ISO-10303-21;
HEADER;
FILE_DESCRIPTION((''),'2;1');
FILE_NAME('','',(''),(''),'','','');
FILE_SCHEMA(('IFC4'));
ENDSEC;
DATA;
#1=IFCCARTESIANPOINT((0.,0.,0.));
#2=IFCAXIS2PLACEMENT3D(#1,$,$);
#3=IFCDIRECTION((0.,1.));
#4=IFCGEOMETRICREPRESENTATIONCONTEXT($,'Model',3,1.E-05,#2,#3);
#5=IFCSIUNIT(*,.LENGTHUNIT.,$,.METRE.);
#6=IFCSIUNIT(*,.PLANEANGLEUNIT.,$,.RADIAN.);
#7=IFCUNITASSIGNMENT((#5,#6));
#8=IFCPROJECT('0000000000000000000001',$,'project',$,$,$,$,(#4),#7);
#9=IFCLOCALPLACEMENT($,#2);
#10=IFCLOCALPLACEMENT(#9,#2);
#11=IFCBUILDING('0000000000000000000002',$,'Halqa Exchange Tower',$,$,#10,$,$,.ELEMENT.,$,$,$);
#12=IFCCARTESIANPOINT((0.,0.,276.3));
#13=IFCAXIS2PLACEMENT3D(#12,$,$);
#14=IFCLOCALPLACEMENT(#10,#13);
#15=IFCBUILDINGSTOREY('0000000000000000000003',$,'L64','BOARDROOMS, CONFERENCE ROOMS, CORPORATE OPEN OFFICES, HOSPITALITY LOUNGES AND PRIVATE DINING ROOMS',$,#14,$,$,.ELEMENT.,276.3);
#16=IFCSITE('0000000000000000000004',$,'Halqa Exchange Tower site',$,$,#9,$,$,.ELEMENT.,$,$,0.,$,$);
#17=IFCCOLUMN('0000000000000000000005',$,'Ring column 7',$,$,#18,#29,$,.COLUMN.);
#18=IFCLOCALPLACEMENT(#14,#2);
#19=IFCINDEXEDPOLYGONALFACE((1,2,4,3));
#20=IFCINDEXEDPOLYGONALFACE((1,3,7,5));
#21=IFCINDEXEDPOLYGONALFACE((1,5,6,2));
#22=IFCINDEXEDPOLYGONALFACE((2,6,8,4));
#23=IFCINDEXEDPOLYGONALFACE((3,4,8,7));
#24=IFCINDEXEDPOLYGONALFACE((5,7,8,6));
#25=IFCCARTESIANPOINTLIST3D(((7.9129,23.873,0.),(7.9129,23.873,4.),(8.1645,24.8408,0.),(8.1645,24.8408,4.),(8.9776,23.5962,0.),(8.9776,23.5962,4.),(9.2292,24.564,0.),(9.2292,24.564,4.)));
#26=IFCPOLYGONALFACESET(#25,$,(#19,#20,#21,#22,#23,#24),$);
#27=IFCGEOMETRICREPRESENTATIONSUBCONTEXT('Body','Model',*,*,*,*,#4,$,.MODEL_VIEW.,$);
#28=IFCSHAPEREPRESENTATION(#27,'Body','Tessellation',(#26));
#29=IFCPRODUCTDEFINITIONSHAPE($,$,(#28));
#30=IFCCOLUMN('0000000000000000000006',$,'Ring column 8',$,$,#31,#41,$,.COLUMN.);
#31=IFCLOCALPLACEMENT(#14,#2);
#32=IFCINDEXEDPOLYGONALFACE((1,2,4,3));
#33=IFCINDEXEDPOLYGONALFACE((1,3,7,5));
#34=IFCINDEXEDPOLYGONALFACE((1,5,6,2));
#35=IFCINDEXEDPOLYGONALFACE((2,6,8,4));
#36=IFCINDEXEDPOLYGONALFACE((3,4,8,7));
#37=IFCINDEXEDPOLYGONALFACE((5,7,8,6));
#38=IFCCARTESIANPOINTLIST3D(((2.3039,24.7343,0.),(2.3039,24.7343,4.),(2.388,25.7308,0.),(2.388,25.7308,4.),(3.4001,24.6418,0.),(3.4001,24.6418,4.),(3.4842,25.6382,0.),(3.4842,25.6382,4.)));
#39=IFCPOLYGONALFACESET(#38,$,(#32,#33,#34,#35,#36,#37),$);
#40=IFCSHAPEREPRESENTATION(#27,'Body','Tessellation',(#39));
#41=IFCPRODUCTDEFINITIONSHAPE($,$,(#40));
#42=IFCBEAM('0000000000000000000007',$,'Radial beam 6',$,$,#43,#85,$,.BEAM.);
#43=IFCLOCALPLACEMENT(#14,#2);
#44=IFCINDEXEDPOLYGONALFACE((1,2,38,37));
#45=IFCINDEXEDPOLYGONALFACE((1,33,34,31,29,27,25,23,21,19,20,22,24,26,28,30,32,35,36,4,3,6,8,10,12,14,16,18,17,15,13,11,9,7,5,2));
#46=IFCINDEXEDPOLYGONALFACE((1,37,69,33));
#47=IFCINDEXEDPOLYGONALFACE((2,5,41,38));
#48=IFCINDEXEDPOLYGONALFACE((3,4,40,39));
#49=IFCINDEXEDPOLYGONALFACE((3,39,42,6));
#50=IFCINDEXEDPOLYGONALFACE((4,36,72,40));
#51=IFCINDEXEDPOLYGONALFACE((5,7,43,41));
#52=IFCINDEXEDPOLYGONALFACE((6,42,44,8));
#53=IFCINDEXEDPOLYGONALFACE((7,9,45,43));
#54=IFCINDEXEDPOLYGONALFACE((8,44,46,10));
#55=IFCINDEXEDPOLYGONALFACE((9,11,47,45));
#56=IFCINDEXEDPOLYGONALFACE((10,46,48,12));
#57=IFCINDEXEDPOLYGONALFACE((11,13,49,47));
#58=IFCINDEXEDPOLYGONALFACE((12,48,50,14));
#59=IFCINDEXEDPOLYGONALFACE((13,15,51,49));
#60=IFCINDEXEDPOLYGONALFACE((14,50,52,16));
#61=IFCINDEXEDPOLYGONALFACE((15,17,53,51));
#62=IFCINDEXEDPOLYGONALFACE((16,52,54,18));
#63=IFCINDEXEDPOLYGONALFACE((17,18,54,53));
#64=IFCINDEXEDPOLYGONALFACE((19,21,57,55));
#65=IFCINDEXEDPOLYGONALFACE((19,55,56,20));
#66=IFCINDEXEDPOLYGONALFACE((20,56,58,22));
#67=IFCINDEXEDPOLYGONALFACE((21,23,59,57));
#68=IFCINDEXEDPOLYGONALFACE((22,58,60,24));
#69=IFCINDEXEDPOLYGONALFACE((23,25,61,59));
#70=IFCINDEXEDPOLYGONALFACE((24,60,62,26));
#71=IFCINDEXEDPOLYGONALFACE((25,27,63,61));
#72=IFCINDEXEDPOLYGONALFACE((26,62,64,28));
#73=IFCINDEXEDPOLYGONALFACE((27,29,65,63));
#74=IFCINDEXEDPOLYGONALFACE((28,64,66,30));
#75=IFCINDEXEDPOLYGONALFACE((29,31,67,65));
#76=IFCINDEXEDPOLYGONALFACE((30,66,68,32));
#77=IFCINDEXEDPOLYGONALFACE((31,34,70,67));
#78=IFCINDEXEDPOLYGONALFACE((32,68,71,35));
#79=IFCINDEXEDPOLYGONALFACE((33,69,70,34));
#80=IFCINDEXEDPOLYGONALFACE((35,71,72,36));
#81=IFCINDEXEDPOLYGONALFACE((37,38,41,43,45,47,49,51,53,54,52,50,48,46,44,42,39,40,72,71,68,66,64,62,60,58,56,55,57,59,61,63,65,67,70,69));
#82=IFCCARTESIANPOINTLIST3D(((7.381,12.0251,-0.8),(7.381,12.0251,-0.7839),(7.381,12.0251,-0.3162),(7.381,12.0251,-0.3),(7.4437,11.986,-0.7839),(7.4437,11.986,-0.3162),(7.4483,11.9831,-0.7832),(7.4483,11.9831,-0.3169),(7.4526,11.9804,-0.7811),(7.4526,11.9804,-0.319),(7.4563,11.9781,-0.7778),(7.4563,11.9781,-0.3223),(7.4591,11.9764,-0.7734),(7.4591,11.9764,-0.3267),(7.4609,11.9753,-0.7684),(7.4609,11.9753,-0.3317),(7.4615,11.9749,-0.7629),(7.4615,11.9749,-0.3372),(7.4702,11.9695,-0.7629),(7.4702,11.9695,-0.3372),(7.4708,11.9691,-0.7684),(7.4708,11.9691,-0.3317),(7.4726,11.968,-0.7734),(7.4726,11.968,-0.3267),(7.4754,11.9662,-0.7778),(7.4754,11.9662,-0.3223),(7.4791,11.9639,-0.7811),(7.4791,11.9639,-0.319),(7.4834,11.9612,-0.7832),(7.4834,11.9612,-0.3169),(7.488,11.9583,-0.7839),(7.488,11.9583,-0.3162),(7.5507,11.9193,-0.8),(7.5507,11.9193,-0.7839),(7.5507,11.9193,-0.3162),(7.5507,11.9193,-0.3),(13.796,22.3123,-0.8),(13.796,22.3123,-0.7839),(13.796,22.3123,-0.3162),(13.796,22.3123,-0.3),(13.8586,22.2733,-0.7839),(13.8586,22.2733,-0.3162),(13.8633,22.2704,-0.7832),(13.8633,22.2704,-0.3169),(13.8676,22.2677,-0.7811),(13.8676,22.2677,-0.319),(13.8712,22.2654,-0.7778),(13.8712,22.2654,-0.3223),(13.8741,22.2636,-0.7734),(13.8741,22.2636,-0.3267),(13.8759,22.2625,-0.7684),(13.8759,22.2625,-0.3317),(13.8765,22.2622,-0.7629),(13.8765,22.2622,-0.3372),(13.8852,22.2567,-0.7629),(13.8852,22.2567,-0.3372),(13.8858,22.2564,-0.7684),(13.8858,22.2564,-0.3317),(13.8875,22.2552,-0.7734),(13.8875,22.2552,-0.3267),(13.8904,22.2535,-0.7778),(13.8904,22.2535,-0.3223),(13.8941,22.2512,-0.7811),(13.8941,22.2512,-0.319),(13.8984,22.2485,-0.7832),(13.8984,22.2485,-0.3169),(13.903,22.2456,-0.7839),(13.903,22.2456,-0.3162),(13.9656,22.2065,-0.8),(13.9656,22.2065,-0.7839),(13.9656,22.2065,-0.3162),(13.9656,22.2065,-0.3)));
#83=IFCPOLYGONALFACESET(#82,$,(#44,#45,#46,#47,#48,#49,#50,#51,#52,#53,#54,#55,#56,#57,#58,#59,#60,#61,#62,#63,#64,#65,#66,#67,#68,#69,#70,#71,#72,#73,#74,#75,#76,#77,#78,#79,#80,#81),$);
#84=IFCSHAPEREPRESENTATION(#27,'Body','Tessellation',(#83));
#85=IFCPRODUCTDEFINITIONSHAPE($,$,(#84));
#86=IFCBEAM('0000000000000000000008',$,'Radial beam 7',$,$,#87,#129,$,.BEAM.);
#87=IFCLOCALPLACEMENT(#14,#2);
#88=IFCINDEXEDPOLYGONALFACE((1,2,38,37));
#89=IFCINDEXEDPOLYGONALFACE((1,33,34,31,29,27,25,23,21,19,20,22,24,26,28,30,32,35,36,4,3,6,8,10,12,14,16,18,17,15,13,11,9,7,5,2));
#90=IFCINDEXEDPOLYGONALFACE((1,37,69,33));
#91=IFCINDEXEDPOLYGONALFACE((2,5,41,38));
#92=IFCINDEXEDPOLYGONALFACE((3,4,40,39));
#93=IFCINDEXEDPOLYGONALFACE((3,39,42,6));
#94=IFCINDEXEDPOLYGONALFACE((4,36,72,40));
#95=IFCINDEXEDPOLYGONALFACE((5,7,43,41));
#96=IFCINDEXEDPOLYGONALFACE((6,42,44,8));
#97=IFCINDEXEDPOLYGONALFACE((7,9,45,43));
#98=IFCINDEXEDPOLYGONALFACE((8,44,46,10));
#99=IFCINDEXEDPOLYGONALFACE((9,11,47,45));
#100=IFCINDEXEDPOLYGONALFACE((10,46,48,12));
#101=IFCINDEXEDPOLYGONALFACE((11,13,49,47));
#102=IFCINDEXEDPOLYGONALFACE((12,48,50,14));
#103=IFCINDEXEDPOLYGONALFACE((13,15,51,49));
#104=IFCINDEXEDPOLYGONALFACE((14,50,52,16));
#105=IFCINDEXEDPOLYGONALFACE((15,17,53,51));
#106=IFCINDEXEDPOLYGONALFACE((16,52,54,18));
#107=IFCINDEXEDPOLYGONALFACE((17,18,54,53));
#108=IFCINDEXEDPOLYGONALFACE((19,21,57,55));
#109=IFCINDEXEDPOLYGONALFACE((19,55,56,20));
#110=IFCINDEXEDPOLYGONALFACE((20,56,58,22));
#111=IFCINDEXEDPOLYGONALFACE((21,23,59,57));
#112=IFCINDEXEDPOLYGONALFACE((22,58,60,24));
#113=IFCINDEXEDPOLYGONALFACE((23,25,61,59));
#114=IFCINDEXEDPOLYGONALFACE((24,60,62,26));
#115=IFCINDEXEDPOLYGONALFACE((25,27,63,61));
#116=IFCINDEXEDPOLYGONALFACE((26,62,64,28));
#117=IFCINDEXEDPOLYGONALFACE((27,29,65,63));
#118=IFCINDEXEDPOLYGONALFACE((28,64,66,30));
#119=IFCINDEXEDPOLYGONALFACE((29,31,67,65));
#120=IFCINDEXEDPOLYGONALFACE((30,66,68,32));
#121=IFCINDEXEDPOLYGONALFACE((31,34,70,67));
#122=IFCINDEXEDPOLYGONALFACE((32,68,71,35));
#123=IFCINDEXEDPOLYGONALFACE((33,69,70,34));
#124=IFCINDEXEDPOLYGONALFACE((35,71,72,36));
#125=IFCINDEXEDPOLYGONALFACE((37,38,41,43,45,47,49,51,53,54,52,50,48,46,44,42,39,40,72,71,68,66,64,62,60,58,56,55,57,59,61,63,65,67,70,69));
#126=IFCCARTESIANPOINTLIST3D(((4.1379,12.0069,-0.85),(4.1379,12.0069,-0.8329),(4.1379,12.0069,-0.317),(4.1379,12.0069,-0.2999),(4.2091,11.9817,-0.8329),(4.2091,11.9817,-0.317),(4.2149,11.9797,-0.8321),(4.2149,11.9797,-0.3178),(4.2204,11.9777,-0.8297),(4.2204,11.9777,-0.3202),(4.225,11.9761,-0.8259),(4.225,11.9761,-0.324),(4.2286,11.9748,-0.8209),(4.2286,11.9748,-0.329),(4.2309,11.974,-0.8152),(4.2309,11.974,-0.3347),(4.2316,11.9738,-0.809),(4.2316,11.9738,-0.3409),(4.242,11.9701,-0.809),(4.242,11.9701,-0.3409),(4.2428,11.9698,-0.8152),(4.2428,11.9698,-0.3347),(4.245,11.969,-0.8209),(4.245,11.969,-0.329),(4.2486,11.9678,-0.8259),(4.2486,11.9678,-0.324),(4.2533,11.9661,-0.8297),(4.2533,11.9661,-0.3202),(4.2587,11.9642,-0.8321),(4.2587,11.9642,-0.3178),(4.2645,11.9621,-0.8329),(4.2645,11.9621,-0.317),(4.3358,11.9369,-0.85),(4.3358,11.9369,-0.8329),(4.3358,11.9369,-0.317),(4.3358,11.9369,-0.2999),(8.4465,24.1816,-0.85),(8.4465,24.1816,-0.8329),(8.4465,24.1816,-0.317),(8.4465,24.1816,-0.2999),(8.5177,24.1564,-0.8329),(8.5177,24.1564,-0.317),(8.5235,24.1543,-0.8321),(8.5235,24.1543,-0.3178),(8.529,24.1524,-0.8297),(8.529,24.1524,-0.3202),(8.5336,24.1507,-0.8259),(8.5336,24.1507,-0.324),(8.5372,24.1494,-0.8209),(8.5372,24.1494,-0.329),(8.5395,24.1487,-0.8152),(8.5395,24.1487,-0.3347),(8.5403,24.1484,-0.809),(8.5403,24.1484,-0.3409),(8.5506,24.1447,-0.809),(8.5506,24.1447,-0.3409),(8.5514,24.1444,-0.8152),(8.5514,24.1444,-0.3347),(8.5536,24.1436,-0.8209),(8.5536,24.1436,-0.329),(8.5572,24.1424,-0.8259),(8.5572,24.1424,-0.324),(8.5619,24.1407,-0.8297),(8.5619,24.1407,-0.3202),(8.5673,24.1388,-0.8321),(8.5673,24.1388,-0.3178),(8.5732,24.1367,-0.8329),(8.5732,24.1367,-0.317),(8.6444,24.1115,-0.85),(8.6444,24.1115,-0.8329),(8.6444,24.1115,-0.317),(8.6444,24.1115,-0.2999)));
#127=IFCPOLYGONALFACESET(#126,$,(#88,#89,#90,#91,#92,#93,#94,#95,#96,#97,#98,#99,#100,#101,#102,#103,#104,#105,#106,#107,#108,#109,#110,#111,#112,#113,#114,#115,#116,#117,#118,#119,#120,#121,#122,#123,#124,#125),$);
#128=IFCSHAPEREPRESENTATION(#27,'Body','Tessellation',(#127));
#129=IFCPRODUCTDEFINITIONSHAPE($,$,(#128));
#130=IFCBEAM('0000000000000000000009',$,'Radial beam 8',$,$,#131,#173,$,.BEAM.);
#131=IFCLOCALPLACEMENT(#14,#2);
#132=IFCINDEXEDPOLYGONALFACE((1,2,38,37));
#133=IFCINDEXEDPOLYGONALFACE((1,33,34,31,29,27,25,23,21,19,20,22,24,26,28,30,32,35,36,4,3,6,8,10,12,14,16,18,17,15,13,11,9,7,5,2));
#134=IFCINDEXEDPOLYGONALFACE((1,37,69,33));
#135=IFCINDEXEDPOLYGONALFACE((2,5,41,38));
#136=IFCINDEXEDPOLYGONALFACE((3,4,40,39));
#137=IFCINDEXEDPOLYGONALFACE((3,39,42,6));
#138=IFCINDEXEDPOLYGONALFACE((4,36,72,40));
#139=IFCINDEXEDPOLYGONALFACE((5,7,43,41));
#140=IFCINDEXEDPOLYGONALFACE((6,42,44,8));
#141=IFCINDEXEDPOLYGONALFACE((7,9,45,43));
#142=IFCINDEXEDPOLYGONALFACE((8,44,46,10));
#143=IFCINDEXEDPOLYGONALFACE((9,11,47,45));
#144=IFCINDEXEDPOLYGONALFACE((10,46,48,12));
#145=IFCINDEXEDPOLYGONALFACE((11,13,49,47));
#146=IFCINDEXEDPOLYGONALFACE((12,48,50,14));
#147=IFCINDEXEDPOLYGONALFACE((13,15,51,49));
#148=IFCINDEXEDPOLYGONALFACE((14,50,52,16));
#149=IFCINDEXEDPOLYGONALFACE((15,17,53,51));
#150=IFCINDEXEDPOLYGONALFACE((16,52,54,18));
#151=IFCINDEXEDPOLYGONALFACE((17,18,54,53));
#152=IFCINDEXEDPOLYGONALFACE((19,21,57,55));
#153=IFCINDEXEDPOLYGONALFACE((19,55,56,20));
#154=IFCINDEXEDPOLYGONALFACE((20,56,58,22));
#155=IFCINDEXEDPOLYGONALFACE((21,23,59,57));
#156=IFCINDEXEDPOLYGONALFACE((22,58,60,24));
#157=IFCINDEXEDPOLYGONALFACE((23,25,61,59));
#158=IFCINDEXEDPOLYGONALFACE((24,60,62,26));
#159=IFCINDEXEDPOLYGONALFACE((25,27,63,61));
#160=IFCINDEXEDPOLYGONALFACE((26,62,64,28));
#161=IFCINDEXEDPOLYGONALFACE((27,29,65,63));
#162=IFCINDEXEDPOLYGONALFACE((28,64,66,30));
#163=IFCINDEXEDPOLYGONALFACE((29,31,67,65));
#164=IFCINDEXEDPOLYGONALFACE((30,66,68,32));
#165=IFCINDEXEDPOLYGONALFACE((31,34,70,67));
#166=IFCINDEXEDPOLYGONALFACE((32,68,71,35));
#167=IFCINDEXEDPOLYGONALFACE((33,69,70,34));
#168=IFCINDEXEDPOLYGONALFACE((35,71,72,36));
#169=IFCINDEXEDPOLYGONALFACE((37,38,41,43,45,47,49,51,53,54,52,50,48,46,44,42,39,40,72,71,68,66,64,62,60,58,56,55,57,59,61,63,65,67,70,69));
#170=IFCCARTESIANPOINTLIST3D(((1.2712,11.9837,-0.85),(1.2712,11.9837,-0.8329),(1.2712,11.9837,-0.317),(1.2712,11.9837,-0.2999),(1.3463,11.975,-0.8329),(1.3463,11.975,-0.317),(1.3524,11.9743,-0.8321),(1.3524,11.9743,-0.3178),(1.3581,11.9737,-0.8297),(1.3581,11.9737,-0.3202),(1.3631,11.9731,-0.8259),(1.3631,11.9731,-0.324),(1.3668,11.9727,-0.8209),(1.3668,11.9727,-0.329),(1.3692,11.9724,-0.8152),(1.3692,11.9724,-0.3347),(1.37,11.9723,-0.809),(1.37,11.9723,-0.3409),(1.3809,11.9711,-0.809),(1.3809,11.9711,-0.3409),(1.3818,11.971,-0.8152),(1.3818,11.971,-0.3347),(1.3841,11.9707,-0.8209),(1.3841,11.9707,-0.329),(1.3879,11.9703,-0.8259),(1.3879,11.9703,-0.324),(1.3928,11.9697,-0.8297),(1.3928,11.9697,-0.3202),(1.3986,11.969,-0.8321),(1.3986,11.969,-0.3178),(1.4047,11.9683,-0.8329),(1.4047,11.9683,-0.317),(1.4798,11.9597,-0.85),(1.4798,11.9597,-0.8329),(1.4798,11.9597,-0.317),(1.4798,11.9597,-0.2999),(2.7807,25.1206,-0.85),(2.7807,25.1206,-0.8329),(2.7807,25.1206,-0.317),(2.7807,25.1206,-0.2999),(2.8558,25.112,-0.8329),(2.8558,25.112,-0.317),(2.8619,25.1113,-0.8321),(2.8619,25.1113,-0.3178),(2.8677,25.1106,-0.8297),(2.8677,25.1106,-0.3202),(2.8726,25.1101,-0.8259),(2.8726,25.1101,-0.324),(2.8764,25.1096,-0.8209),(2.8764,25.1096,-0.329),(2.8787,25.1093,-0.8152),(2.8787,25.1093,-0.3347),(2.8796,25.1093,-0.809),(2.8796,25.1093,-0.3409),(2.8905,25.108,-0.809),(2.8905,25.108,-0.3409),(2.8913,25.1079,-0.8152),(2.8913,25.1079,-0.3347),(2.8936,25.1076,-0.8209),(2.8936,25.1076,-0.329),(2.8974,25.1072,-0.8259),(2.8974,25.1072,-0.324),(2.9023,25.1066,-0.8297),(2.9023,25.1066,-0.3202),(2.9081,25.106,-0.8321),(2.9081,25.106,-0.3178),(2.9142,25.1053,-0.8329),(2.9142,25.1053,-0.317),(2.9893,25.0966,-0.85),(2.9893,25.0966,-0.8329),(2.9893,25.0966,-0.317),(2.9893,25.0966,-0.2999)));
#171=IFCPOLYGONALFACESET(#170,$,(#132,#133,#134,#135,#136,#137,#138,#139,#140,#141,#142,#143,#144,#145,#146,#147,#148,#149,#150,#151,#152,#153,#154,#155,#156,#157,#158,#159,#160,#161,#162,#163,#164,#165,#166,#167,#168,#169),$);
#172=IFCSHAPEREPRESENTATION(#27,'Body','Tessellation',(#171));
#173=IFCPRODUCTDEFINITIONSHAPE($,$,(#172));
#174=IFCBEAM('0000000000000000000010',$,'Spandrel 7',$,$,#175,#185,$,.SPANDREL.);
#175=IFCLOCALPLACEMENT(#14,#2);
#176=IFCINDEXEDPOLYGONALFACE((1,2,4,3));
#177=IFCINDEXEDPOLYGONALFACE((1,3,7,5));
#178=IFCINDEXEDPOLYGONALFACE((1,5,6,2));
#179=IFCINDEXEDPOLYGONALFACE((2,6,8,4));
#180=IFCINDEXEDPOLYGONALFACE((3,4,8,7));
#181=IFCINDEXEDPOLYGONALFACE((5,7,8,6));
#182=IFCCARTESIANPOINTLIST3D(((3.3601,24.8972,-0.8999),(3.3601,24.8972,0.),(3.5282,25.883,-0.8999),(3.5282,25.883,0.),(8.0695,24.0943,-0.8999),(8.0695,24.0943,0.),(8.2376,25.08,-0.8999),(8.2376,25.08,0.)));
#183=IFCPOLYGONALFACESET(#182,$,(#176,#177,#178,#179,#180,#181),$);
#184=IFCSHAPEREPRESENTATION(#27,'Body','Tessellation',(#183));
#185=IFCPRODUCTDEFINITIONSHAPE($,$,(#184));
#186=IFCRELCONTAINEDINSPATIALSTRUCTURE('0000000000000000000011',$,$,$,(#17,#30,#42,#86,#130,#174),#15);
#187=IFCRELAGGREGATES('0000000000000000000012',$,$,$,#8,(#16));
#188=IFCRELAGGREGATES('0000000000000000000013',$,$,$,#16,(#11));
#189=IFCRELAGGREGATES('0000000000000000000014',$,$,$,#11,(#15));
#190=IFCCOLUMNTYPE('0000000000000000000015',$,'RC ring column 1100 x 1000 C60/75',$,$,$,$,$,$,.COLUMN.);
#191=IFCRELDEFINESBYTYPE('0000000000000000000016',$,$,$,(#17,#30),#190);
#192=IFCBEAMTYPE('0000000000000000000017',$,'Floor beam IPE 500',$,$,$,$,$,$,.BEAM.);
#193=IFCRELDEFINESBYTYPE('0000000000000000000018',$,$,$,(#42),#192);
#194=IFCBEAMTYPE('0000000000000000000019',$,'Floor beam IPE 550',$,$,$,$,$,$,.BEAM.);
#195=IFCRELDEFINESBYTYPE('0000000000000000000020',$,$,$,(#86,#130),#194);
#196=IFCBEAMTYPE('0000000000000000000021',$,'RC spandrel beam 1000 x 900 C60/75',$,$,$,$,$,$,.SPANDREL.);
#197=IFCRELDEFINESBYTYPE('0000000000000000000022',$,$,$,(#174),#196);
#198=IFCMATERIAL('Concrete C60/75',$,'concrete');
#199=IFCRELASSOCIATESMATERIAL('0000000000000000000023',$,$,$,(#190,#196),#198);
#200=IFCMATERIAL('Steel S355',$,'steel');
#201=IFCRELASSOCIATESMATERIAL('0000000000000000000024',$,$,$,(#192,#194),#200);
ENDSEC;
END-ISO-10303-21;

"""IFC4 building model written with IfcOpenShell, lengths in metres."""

from ifc_helpers import new_model, si_unit, direction, frame, origin, origin_2d, place, context, subcontext, project, spatial, rectangle, i_section, extrude, material, material_profile, profile_set, type_object, element, save


model = new_model("IFC4")

# Units and contexts
model_context = context("Model", 3, precision=1e-05, world=origin(), true_north=direction((0.0, 1.0)))
body_context = subcontext(model_context, "Body", "Model", "MODEL_VIEW")
ifc_project = project(units=[si_unit("LENGTHUNIT", "METRE"), si_unit("PLANEANGLEUNIT", "RADIAN")], contexts=[model_context])

# Site, building, storey
site_placement = place(None, origin())
site = spatial("IfcSite", under=ifc_project, at=site_placement, Name="Halqa Exchange Tower site", CompositionType="ELEMENT", RefElevation=0.0)
building_placement = place(site_placement, origin())
building = spatial("IfcBuilding", under=site, at=building_placement, Name="Halqa Exchange Tower", CompositionType="ELEMENT")
storey_placement = place(building_placement, frame((0.0, 0.0, 276.3)))
storey = spatial("IfcBuildingStorey", under=building, at=storey_placement, Name="L64", Description="BOARDROOMS, CONFERENCE ROOMS, CORPORATE OPEN OFFICES, HOSPITALITY LOUNGES AND PRIVATE DINING ROOMS", CompositionType="ELEMENT", Elevation=276.3)

# Columns
ifc_material_1 = material(Name="Concrete C60/75", Category="concrete")
ifc_material_profile_1 = material_profile(ifc_material_1, rectangle(XDim=1.1001, YDim=1.0, at=origin_2d()), Name="1100 x 1000")
ifc_profile_set_1 = profile_set([ifc_material_profile_1], Name="Concrete C60/75")
column_type = type_object("IfcColumnType", Name="RC ring column 1100 x 1000 C60/75", PredefinedType="COLUMN", material=ifc_profile_set_1)
for number, where, z_axis, x_axis, name in (
    (1, (8.571, 24.2185, 0.0), (0.0, 0.0, 1.0), (-0.96782, 0.251644, 0.0), "Ring column 7"),
    (2, (2.894, 25.1863, 0.0), (0.0, 0.0, 1.0), (-0.996456, 0.084121, 0.0), "Ring column 8"),
):
    element("IfcColumn", number, at=place(storey_placement, frame(where, z_axis=z_axis, x_axis=x_axis)), inside=storey, type_object=column_type, Name=name, PredefinedType="COLUMN", context=body_context, shape_type="SweptSolid", body=[
        extrude(rectangle(XDim=1.1001, YDim=1.0, at=origin_2d()), origin(), (0.0, 0.0, 1.0), 4.0),
    ])

# Beams
ifc_material_2 = material(Name="Steel S355", Category="steel")
ifc_material_profile_2 = material_profile(ifc_material_2, i_section(OverallWidth=0.2, OverallDepth=0.5, WebThickness=0.0103, FlangeThickness=0.0161, FilletRadius=0.021, at=origin_2d()), Name="IPE 500")
ifc_profile_set_2 = profile_set([ifc_material_profile_2], Name="Steel S355")
beam_type_1 = type_object("IfcBeamType", Name="Floor beam IPE 500", PredefinedType="BEAM", material=ifc_profile_set_2)
beam_1_placement = place(storey_placement, frame((7.4658, 11.9722, -0.55), z_axis=(0.529135, 0.848538, 0.0), x_axis=(-0.848538, 0.529135, 0.0)))
element("IfcBeam", 3, at=beam_1_placement, inside=storey, type_object=beam_type_1, Name="Radial beam 6", PredefinedType="BEAM", context=body_context, shape_type="SweptSolid", body=[
    extrude(i_section(OverallWidth=0.2, OverallDepth=0.5, WebThickness=0.0103, FlangeThickness=0.0161, FilletRadius=0.021, at=origin_2d()), origin(), (0.0, 0.0, 1.0), 12.1235),
])
ifc_material_profile_3 = material_profile(ifc_material_2, i_section(OverallWidth=0.21, OverallDepth=0.55, WebThickness=0.011, FlangeThickness=0.0171, FilletRadius=0.0239, at=origin_2d()), Name="IPE 550")
ifc_profile_set_3 = profile_set([ifc_material_profile_3], Name="Steel S355")
beam_type_2 = type_object("IfcBeamType", Name="Floor beam IPE 550", PredefinedType="BEAM", material=ifc_profile_set_3)
beam_2_placement = place(storey_placement, frame((4.2368, 11.9719, -0.575), z_axis=(0.333625, 0.942706, 0.0), x_axis=(-0.942706, 0.333625, 0.0)))
element("IfcBeam", 4, at=beam_2_placement, inside=storey, type_object=beam_type_2, Name="Radial beam 7", PredefinedType="BEAM", context=body_context, shape_type="SweptSolid", body=[
    extrude(i_section(OverallWidth=0.21, OverallDepth=0.55, WebThickness=0.011, FlangeThickness=0.0171, FilletRadius=0.0239, at=origin_2d()), origin(), (0.0, 0.0, 1.0), 12.9146),
])
beam_3_placement = place(storey_placement, frame((1.3755, 11.9717, -0.575), z_axis=(0.114155, 0.993463, 0.0), x_axis=(-0.993463, 0.114155, 0.0)))
element("IfcBeam", 5, at=beam_3_placement, inside=storey, type_object=beam_type_2, Name="Radial beam 8", PredefinedType="BEAM", context=body_context, shape_type="SweptSolid", body=[
    extrude(i_section(OverallWidth=0.21, OverallDepth=0.55, WebThickness=0.011, FlangeThickness=0.0171, FilletRadius=0.0239, at=origin_2d()), origin(), (0.0, 0.0, 1.0), 13.2234),
])
ifc_material_profile_4 = material_profile(ifc_material_1, rectangle(XDim=1.0, YDim=0.8999, at=origin_2d()), Name="1000 x 900")
ifc_profile_set_4 = profile_set([ifc_material_profile_4], Name="Concrete C60/75")
beam_type_3 = type_object("IfcBeamType", Name="RC spandrel beam 1000 x 900 C60/75", PredefinedType="SPANDREL", material=ifc_profile_set_4)
beam_4_placement = place(storey_placement, frame((8.1536, 24.5872, -0.45), z_axis=(-0.985774, 0.168077, 0.0), x_axis=(-0.168077, -0.985774, 0.0)))
element("IfcBeam", 6, at=beam_4_placement, inside=storey, type_object=beam_type_3, Name="Spandrel 7", PredefinedType="SPANDREL", context=body_context, shape_type="SweptSolid", body=[
    extrude(rectangle(XDim=1.0, YDim=0.8999, at=origin_2d()), origin(), (0.0, 0.0, 1.0), 4.7773),
])

save(model, "model.ifc")
